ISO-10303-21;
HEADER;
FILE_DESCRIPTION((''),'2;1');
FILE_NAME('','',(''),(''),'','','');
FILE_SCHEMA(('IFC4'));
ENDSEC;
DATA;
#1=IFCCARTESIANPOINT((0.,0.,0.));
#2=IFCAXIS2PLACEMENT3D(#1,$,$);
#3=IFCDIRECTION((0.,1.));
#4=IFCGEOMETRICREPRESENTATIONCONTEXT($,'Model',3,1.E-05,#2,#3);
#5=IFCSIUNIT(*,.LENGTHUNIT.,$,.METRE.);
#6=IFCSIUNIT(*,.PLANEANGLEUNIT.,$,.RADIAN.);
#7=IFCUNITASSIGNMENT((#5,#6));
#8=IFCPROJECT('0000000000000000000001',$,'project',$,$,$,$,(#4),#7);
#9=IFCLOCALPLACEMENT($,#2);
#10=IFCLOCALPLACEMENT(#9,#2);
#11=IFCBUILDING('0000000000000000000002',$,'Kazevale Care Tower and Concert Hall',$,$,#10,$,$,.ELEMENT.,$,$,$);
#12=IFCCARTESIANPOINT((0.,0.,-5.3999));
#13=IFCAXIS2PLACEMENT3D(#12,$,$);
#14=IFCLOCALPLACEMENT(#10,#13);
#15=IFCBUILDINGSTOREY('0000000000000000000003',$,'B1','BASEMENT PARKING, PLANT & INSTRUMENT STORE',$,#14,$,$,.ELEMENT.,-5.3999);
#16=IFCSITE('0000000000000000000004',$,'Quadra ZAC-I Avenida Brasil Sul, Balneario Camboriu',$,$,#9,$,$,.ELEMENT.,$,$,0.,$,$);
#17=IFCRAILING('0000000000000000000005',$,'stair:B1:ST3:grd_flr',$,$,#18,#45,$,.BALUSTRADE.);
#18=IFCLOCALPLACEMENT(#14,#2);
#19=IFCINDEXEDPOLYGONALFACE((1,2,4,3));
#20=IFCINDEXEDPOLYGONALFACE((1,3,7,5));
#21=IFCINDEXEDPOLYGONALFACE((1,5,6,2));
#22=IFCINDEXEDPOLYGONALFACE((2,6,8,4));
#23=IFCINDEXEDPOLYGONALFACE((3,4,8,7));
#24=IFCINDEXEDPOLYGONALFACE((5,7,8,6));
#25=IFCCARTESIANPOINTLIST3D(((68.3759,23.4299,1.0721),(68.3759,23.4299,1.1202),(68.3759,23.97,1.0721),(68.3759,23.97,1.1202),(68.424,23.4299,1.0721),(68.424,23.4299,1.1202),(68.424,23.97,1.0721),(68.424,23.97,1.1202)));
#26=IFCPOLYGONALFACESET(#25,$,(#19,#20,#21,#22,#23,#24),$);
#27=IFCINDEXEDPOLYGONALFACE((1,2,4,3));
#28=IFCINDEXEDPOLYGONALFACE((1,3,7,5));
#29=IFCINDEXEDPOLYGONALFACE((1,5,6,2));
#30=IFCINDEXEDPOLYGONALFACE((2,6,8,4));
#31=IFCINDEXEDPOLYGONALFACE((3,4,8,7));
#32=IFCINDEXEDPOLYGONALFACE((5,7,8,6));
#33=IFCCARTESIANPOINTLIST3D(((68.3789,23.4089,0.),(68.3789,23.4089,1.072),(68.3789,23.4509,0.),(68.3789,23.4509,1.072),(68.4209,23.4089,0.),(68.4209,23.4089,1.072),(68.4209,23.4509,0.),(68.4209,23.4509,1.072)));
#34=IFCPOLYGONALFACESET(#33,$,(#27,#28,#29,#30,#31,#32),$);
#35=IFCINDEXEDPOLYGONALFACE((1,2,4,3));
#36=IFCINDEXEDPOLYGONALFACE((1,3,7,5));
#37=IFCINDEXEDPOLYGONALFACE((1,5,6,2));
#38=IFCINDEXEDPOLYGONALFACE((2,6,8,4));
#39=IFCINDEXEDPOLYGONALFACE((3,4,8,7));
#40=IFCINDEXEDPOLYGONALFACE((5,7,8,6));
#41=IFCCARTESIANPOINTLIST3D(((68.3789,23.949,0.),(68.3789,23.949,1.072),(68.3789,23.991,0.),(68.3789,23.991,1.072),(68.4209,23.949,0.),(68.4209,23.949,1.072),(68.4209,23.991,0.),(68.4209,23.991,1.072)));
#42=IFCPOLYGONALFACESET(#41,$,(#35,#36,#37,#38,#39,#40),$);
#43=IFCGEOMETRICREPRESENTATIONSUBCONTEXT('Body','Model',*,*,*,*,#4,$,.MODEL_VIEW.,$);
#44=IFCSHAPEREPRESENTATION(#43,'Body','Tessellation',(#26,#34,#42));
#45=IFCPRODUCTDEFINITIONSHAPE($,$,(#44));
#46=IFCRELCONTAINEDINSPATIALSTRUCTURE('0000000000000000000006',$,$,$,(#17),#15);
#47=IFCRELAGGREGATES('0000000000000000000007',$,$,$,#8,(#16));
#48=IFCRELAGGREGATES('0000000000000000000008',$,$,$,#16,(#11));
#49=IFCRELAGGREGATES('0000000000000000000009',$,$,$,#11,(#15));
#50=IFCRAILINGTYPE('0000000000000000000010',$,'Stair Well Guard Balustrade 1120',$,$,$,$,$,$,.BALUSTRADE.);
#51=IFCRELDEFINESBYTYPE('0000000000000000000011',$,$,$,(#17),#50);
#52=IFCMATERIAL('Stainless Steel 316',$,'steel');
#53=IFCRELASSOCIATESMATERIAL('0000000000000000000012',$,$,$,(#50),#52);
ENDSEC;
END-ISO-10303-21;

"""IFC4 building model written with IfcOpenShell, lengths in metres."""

from ifc_helpers import new_model, si_unit, direction, frame, origin, origin_2d, place, context, subcontext, project, spatial, rectangle, extrude, material, type_object, element, save


model = new_model("IFC4")

# Units and contexts
model_context = context("Model", 3, precision=1e-05, world=origin(), true_north=direction((0.0, 1.0)))
body_context = subcontext(model_context, "Body", "Model", "MODEL_VIEW")
ifc_project = project(units=[si_unit("LENGTHUNIT", "METRE"), si_unit("PLANEANGLEUNIT", "RADIAN")], contexts=[model_context])

# Site, building, storey
site_placement = place(None, origin())
site = spatial("IfcSite", under=ifc_project, at=site_placement, Name="Quadra ZAC-I Avenida Brasil Sul, Balneario Camboriu", CompositionType="ELEMENT", RefElevation=0.0)
building_placement = place(site_placement, origin())
building = spatial("IfcBuilding", under=site, at=building_placement, Name="Kazevale Care Tower and Concert Hall", CompositionType="ELEMENT")
storey_placement = place(building_placement, frame((0.0, 0.0, -5.3999)))
storey = spatial("IfcBuildingStorey", under=building, at=storey_placement, Name="B1", Description="BASEMENT PARKING, PLANT & INSTRUMENT STORE", CompositionType="ELEMENT", Elevation=-5.3999)

# Railing
ifc_material_1 = material(Name="Stainless Steel 316", Category="steel")
railing_type_1 = type_object("IfcRailingType", Name="Stair Well Guard Balustrade 1120", PredefinedType="BALUSTRADE", material=ifc_material_1)
railing_1_placement = place(storey_placement, frame((68.3999, 23.4299, 0.0)))
element("IfcRailing", 1, at=railing_1_placement, inside=storey, type_object=railing_type_1, Name="stair:B1:ST3:grd_flr", PredefinedType="BALUSTRADE", context=body_context, shape_type="SweptSolid", body=[
    extrude(rectangle(XDim=0.0481, YDim=0.0481, at=origin_2d()), frame((0.0, 0.0, 1.0962), z_axis=(0.0, 1.0, 0.0), x_axis=(-1.0, 0.0, 0.0)), (0.0, 0.0, 1.0), 0.54),
    extrude(rectangle(XDim=0.042, YDim=0.042, at=origin_2d()), origin(), (0.0, 0.0, 1.0), 1.072),
    extrude(rectangle(XDim=0.042, YDim=0.042, at=origin_2d()), frame((0.0, 0.54, 0.0)), (0.0, 0.0, 1.0), 1.072),
])

save(model, "model.ifc")
